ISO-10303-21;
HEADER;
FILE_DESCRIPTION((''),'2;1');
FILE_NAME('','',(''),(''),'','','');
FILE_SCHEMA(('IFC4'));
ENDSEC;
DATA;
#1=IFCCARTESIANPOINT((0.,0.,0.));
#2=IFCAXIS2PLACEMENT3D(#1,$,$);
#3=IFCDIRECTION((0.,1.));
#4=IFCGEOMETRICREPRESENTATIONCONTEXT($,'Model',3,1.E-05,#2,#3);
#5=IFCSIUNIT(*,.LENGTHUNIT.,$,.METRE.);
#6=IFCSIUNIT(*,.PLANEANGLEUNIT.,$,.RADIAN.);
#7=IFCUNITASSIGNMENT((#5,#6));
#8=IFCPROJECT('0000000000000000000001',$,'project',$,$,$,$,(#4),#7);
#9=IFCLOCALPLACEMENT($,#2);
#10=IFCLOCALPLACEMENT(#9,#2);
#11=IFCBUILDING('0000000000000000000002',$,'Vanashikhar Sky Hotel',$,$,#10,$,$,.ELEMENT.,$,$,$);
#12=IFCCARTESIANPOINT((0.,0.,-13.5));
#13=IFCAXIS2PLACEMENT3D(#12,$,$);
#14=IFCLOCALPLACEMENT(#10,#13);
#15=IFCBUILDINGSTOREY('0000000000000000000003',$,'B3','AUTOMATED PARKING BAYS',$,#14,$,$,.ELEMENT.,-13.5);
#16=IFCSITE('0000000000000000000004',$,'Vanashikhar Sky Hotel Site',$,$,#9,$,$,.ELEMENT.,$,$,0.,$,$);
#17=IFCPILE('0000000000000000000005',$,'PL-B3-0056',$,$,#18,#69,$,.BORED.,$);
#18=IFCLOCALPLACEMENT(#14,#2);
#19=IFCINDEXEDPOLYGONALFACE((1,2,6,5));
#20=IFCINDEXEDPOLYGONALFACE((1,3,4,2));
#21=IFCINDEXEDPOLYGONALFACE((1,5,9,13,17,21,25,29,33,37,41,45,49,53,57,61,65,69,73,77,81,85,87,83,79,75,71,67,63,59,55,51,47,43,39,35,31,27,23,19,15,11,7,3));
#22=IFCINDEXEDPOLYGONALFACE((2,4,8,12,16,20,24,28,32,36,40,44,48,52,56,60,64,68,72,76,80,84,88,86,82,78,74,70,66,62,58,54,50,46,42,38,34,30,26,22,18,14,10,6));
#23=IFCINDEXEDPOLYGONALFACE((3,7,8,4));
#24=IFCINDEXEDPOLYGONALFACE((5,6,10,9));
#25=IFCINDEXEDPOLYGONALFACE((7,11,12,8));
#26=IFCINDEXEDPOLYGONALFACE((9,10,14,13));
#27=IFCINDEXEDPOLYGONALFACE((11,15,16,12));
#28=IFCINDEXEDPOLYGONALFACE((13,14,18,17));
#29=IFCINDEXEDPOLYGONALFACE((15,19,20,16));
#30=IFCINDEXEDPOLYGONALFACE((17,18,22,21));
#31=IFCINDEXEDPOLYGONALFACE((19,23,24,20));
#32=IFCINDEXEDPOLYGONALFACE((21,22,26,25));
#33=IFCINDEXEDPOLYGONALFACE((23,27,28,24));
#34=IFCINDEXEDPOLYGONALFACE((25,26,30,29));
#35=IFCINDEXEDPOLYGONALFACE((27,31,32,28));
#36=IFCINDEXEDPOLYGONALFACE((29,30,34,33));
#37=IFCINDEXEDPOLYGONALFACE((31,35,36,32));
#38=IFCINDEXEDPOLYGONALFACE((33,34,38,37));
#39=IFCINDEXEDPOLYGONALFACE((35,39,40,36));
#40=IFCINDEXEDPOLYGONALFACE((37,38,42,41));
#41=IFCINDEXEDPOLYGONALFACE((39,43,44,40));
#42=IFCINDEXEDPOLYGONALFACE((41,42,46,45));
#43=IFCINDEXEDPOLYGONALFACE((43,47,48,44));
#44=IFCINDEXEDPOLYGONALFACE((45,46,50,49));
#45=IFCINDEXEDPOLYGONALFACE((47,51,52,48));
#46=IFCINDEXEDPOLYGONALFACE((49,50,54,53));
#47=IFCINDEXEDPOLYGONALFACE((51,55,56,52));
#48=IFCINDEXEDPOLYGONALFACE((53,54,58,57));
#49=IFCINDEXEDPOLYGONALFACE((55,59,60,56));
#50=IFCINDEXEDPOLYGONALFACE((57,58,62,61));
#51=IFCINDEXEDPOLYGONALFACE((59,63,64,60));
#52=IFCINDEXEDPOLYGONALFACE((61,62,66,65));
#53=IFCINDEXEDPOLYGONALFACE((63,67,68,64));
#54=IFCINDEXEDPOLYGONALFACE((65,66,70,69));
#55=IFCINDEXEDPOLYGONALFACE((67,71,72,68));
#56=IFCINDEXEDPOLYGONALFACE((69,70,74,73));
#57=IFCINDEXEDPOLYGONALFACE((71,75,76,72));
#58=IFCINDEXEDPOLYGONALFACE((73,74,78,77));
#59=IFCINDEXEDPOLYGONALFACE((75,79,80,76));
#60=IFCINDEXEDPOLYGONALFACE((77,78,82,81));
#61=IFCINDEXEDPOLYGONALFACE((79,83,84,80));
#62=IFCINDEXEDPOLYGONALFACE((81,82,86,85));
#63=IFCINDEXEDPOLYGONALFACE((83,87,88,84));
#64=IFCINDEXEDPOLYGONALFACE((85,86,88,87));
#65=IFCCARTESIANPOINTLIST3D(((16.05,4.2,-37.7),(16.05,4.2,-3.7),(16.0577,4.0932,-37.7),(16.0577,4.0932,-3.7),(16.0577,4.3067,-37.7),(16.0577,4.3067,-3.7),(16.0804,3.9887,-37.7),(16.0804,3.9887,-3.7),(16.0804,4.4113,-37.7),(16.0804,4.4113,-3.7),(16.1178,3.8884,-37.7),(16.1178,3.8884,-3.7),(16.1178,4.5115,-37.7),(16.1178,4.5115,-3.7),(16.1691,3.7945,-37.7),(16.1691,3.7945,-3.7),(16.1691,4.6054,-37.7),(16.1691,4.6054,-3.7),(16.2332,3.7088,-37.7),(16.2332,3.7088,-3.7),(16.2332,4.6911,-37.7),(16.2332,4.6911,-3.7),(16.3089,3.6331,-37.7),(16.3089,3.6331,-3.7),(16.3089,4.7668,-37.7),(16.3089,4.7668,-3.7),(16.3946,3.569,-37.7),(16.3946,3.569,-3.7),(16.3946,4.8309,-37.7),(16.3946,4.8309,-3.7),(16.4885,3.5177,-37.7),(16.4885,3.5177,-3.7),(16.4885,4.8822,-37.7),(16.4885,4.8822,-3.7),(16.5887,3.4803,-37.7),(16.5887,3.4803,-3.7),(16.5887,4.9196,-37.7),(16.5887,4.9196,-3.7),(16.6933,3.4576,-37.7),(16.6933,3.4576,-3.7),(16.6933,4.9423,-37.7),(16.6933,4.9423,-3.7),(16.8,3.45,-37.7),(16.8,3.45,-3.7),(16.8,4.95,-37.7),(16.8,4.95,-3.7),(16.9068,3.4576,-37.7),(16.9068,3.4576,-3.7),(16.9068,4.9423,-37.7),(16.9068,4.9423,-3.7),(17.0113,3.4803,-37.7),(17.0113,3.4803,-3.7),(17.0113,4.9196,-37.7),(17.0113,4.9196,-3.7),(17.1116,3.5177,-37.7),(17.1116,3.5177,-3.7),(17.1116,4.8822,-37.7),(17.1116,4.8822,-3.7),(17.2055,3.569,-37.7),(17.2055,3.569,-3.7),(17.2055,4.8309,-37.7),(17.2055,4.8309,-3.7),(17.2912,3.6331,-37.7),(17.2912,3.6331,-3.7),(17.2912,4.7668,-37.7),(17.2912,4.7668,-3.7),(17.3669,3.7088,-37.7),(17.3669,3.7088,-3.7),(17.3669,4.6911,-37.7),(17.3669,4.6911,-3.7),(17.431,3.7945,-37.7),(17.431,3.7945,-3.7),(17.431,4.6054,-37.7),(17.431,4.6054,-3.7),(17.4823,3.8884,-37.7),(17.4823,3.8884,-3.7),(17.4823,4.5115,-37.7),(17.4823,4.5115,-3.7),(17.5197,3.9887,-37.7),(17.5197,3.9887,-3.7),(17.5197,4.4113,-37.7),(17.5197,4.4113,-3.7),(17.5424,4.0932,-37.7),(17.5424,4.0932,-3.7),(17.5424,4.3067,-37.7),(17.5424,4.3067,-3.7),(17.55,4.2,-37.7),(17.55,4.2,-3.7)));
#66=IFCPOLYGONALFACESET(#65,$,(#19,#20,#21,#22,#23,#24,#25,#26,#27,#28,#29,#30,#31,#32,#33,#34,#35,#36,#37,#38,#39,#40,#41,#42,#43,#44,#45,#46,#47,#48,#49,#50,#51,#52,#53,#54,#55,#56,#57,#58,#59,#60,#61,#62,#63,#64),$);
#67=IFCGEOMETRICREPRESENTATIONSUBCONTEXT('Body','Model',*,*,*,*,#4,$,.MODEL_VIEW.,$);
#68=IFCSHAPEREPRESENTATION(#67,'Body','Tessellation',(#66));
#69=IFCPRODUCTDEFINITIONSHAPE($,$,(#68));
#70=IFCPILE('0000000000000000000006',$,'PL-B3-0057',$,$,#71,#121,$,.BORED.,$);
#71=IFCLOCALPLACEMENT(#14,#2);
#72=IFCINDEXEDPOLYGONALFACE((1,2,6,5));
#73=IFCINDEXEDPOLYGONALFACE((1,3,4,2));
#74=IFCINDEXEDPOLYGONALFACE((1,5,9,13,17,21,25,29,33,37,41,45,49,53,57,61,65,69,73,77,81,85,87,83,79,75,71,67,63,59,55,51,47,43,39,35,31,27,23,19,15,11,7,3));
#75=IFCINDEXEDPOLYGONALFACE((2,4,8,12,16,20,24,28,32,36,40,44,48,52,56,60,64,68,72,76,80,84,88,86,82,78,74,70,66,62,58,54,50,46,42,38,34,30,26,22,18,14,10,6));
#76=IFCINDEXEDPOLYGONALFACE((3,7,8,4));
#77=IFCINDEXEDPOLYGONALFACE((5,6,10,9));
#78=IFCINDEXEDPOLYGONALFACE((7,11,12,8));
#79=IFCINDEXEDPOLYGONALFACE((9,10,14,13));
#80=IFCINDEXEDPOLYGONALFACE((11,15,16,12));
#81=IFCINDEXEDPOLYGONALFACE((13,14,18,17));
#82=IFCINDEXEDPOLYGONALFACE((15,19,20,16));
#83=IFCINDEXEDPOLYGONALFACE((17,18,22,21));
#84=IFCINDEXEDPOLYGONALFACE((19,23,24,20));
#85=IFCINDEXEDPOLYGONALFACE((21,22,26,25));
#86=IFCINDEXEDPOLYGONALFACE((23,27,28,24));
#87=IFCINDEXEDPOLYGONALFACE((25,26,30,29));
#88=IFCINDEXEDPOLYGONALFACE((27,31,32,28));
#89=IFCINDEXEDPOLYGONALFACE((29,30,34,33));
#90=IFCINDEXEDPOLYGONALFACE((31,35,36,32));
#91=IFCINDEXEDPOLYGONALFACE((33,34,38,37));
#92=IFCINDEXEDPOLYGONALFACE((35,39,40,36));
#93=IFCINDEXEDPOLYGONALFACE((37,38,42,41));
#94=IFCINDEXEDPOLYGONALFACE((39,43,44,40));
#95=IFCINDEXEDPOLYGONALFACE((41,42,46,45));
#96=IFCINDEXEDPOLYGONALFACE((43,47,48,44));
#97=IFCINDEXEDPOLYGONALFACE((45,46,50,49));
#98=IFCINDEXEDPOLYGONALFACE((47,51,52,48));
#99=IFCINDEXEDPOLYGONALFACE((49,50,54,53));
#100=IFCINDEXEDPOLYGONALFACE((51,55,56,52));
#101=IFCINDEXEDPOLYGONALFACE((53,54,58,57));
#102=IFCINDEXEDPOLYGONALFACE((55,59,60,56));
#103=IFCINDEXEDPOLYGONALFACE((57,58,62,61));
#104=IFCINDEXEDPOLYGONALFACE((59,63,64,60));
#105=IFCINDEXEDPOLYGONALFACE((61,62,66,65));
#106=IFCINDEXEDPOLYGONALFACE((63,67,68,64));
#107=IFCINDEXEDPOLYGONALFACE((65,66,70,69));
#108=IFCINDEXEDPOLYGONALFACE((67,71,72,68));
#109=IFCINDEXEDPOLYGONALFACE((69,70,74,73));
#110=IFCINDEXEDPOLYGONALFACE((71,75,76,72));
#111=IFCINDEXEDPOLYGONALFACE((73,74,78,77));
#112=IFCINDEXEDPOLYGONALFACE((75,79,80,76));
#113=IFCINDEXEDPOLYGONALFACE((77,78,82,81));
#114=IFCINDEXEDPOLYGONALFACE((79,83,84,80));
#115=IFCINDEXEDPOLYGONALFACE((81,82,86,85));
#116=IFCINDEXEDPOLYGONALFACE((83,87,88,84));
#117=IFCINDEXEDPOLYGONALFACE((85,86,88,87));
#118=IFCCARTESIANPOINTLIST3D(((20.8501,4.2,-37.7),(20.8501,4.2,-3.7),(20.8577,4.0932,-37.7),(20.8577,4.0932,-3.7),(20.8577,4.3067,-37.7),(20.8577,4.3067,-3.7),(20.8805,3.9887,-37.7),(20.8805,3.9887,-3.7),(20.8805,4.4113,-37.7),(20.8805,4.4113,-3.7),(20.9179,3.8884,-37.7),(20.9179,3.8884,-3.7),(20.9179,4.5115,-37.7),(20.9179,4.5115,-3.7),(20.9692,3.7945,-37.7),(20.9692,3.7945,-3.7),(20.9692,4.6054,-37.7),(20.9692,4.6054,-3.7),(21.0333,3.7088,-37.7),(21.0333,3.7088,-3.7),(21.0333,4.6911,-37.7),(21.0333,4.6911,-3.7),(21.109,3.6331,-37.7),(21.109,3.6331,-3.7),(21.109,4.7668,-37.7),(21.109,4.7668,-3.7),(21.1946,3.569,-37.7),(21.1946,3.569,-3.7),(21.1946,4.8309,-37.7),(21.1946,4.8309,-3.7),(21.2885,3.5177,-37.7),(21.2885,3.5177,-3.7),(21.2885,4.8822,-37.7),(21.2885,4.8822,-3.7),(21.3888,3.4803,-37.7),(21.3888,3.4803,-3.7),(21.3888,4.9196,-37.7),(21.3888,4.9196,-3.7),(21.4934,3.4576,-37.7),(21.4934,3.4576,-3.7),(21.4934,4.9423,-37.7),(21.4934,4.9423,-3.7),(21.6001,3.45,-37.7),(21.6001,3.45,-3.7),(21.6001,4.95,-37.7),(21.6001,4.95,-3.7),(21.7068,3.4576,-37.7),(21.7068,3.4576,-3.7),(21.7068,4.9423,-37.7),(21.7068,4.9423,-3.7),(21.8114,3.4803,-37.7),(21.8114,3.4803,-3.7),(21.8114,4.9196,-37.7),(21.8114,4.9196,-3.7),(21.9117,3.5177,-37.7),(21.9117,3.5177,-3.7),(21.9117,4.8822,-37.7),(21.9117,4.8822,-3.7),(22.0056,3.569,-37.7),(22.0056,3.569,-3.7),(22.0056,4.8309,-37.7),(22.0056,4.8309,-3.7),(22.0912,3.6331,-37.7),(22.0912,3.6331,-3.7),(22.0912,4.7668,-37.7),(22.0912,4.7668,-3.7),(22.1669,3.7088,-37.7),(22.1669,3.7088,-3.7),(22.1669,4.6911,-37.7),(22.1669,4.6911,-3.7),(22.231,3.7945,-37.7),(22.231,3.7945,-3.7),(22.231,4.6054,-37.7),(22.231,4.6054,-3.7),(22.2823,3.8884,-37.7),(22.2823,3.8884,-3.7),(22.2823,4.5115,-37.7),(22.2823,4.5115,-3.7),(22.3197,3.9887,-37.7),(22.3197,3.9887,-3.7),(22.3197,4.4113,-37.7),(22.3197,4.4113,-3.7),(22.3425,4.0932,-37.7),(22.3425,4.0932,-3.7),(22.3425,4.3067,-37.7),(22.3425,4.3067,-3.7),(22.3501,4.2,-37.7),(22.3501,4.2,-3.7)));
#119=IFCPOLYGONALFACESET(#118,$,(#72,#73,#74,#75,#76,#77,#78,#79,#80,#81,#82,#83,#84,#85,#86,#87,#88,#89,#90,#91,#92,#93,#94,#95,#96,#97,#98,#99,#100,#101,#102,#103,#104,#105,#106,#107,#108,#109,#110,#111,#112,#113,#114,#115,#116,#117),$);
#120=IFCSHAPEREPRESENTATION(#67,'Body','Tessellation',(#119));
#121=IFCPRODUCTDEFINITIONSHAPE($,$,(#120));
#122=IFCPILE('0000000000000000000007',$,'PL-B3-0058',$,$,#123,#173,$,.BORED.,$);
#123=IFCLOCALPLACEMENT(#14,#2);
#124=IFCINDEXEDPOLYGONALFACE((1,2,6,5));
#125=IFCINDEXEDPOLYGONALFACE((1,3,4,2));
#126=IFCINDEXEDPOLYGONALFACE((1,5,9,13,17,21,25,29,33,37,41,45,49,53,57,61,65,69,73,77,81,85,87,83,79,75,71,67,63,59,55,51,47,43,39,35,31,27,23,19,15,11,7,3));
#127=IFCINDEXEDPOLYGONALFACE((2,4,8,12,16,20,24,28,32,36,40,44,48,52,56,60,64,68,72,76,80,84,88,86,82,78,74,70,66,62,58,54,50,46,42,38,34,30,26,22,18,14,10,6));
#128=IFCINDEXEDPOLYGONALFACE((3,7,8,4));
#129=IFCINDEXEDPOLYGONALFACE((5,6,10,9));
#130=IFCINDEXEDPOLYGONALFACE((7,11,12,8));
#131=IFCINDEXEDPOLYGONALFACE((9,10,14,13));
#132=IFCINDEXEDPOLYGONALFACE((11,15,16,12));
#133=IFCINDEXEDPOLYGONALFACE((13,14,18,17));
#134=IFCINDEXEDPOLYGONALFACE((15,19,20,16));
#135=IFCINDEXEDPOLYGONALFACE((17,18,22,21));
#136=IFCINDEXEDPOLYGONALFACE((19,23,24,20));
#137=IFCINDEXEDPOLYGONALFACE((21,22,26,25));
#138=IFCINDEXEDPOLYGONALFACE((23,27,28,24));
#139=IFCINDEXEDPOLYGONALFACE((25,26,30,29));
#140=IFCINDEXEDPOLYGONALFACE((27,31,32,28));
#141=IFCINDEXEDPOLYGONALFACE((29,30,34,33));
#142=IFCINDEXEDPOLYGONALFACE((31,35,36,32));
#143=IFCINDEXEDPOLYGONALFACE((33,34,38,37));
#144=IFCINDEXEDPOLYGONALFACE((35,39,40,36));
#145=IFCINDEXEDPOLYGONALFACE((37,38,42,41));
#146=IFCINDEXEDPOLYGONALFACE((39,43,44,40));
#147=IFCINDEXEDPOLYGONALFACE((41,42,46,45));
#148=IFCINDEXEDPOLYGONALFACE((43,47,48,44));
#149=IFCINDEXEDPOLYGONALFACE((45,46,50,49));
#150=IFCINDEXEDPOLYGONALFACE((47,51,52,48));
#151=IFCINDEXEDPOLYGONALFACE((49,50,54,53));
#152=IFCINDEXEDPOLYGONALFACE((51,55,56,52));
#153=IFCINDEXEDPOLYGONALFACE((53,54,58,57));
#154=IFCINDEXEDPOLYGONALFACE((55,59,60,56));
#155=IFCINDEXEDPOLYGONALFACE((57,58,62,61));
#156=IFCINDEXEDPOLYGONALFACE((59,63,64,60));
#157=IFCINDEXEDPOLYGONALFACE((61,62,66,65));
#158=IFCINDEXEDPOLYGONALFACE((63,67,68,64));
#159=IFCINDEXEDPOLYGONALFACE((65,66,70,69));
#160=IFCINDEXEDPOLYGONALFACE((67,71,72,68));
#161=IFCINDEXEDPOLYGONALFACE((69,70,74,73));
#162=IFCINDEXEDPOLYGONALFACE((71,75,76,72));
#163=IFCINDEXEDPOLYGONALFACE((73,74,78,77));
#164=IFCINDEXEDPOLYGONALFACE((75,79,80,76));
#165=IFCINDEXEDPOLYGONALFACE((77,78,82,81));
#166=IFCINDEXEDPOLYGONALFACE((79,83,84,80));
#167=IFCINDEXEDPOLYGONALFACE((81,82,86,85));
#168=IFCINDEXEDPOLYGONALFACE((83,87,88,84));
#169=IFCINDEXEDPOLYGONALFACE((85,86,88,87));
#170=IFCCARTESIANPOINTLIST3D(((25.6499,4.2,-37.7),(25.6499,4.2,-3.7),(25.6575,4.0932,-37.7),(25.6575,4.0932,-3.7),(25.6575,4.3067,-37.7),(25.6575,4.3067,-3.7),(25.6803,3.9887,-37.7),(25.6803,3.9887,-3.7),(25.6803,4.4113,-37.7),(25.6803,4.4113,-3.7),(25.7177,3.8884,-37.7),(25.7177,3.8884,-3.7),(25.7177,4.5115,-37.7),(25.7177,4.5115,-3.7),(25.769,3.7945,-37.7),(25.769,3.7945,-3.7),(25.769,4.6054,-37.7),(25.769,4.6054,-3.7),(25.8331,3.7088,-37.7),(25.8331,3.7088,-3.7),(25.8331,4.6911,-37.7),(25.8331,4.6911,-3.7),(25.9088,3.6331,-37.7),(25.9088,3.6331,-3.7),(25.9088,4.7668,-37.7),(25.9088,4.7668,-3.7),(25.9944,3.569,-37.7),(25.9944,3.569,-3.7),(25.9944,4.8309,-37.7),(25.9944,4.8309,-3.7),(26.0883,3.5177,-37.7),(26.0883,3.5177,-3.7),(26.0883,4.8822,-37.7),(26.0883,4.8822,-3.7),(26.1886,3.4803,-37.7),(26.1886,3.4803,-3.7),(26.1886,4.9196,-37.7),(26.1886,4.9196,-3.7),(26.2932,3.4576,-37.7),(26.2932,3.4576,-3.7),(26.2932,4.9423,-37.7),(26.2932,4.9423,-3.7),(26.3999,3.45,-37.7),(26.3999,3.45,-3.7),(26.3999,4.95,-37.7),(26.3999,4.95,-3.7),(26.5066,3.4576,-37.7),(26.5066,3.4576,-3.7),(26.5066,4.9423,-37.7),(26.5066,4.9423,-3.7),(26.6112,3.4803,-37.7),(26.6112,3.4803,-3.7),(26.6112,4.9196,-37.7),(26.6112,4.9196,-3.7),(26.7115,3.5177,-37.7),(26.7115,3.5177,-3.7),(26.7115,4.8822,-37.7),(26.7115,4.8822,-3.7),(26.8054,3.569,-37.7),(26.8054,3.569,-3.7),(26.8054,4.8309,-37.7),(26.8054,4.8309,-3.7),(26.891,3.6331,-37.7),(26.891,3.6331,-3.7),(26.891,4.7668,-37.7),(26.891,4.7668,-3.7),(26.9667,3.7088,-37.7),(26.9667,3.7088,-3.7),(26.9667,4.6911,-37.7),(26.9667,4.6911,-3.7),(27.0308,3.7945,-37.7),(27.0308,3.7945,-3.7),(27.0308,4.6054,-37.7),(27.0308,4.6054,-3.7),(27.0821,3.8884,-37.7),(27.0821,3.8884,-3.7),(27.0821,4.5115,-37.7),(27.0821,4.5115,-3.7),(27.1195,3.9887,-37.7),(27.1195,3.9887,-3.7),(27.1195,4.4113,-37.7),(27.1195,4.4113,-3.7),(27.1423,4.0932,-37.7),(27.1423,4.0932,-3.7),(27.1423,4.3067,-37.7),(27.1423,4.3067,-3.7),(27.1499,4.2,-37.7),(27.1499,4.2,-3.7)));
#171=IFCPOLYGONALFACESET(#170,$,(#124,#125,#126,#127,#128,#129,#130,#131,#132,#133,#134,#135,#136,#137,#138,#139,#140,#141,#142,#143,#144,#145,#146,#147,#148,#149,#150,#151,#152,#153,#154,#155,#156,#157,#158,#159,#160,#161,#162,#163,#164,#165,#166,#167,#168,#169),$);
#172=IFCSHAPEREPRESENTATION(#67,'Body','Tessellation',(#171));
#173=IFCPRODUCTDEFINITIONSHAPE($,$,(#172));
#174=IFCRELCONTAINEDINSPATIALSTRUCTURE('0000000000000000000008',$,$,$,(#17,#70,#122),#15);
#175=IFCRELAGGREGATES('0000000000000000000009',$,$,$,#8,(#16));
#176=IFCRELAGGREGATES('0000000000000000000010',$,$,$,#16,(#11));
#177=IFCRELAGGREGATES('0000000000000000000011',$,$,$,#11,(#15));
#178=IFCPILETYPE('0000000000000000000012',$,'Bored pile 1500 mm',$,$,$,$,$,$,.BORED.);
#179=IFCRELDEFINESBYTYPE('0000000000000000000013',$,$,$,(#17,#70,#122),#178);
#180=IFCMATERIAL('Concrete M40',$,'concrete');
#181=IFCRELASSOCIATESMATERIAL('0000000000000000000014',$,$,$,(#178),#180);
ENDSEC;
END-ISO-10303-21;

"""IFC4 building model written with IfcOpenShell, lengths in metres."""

from ifc_helpers import new_model, si_unit, direction, frame, origin, origin_2d, place, context, subcontext, project, spatial, circle, extrude, source, transform, mapped, material, type_object, element, save


model = new_model("IFC4")

# Units and contexts
model_context = context("Model", 3, precision=1e-05, world=origin(), true_north=direction((0.0, 1.0)))
body_context = subcontext(model_context, "Body", "Model", "MODEL_VIEW")
ifc_project = project(units=[si_unit("LENGTHUNIT", "METRE"), si_unit("PLANEANGLEUNIT", "RADIAN")], contexts=[model_context])

# Site, building, storey
site_placement = place(None, origin())
site = spatial("IfcSite", under=ifc_project, at=site_placement, Name="Vanashikhar Sky Hotel Site", CompositionType="ELEMENT", RefElevation=0.0)
building_placement = place(site_placement, origin())
building = spatial("IfcBuilding", under=site, at=building_placement, Name="Vanashikhar Sky Hotel", CompositionType="ELEMENT")
storey_placement = place(building_placement, frame((0.0, 0.0, -13.5)))
storey = spatial("IfcBuildingStorey", under=building, at=storey_placement, Name="B3", Description="AUTOMATED PARKING BAYS", CompositionType="ELEMENT", Elevation=-13.5)

# Piles
ifc_material_1 = material(Name="Concrete M40", Category="concrete")
pile_type = type_object("IfcPileType", Name="Bored pile 1500 mm", PredefinedType="BORED", material=ifc_material_1)
shared_shape_1 = source(origin(), body_context, "Body", "SweptSolid", [
    extrude(circle(Radius=0.75, at=origin_2d()), origin(), (0.0, 0.0, 1.0), 34.0),
])
for number, where, z_axis, x_axis, name in (
    (1, (16.8, 4.2, -3.7), (0.0, 0.0, -1.0), (1.0, 0.0, 0.0), "PL-B3-0056"),
    (2, (21.6001, 4.2, -3.7), (0.0, 0.0, -1.0), (1.0, 0.0, 0.0), "PL-B3-0057"),
    (3, (26.3999, 4.2, -3.7), (0.0, 0.0, -1.0), (1.0, 0.0, 0.0), "PL-B3-0058"),
):
    element("IfcPile", number, at=place(storey_placement, frame(where, z_axis=z_axis, x_axis=x_axis)), inside=storey, type_object=pile_type, Name=name, PredefinedType="BORED", context=body_context, shape_type="MappedRepresentation", body=[
        mapped(shared_shape_1, transform((0.0, 0.0, 0.0), scale=1.0)),
    ])

save(model, "model.ifc")
